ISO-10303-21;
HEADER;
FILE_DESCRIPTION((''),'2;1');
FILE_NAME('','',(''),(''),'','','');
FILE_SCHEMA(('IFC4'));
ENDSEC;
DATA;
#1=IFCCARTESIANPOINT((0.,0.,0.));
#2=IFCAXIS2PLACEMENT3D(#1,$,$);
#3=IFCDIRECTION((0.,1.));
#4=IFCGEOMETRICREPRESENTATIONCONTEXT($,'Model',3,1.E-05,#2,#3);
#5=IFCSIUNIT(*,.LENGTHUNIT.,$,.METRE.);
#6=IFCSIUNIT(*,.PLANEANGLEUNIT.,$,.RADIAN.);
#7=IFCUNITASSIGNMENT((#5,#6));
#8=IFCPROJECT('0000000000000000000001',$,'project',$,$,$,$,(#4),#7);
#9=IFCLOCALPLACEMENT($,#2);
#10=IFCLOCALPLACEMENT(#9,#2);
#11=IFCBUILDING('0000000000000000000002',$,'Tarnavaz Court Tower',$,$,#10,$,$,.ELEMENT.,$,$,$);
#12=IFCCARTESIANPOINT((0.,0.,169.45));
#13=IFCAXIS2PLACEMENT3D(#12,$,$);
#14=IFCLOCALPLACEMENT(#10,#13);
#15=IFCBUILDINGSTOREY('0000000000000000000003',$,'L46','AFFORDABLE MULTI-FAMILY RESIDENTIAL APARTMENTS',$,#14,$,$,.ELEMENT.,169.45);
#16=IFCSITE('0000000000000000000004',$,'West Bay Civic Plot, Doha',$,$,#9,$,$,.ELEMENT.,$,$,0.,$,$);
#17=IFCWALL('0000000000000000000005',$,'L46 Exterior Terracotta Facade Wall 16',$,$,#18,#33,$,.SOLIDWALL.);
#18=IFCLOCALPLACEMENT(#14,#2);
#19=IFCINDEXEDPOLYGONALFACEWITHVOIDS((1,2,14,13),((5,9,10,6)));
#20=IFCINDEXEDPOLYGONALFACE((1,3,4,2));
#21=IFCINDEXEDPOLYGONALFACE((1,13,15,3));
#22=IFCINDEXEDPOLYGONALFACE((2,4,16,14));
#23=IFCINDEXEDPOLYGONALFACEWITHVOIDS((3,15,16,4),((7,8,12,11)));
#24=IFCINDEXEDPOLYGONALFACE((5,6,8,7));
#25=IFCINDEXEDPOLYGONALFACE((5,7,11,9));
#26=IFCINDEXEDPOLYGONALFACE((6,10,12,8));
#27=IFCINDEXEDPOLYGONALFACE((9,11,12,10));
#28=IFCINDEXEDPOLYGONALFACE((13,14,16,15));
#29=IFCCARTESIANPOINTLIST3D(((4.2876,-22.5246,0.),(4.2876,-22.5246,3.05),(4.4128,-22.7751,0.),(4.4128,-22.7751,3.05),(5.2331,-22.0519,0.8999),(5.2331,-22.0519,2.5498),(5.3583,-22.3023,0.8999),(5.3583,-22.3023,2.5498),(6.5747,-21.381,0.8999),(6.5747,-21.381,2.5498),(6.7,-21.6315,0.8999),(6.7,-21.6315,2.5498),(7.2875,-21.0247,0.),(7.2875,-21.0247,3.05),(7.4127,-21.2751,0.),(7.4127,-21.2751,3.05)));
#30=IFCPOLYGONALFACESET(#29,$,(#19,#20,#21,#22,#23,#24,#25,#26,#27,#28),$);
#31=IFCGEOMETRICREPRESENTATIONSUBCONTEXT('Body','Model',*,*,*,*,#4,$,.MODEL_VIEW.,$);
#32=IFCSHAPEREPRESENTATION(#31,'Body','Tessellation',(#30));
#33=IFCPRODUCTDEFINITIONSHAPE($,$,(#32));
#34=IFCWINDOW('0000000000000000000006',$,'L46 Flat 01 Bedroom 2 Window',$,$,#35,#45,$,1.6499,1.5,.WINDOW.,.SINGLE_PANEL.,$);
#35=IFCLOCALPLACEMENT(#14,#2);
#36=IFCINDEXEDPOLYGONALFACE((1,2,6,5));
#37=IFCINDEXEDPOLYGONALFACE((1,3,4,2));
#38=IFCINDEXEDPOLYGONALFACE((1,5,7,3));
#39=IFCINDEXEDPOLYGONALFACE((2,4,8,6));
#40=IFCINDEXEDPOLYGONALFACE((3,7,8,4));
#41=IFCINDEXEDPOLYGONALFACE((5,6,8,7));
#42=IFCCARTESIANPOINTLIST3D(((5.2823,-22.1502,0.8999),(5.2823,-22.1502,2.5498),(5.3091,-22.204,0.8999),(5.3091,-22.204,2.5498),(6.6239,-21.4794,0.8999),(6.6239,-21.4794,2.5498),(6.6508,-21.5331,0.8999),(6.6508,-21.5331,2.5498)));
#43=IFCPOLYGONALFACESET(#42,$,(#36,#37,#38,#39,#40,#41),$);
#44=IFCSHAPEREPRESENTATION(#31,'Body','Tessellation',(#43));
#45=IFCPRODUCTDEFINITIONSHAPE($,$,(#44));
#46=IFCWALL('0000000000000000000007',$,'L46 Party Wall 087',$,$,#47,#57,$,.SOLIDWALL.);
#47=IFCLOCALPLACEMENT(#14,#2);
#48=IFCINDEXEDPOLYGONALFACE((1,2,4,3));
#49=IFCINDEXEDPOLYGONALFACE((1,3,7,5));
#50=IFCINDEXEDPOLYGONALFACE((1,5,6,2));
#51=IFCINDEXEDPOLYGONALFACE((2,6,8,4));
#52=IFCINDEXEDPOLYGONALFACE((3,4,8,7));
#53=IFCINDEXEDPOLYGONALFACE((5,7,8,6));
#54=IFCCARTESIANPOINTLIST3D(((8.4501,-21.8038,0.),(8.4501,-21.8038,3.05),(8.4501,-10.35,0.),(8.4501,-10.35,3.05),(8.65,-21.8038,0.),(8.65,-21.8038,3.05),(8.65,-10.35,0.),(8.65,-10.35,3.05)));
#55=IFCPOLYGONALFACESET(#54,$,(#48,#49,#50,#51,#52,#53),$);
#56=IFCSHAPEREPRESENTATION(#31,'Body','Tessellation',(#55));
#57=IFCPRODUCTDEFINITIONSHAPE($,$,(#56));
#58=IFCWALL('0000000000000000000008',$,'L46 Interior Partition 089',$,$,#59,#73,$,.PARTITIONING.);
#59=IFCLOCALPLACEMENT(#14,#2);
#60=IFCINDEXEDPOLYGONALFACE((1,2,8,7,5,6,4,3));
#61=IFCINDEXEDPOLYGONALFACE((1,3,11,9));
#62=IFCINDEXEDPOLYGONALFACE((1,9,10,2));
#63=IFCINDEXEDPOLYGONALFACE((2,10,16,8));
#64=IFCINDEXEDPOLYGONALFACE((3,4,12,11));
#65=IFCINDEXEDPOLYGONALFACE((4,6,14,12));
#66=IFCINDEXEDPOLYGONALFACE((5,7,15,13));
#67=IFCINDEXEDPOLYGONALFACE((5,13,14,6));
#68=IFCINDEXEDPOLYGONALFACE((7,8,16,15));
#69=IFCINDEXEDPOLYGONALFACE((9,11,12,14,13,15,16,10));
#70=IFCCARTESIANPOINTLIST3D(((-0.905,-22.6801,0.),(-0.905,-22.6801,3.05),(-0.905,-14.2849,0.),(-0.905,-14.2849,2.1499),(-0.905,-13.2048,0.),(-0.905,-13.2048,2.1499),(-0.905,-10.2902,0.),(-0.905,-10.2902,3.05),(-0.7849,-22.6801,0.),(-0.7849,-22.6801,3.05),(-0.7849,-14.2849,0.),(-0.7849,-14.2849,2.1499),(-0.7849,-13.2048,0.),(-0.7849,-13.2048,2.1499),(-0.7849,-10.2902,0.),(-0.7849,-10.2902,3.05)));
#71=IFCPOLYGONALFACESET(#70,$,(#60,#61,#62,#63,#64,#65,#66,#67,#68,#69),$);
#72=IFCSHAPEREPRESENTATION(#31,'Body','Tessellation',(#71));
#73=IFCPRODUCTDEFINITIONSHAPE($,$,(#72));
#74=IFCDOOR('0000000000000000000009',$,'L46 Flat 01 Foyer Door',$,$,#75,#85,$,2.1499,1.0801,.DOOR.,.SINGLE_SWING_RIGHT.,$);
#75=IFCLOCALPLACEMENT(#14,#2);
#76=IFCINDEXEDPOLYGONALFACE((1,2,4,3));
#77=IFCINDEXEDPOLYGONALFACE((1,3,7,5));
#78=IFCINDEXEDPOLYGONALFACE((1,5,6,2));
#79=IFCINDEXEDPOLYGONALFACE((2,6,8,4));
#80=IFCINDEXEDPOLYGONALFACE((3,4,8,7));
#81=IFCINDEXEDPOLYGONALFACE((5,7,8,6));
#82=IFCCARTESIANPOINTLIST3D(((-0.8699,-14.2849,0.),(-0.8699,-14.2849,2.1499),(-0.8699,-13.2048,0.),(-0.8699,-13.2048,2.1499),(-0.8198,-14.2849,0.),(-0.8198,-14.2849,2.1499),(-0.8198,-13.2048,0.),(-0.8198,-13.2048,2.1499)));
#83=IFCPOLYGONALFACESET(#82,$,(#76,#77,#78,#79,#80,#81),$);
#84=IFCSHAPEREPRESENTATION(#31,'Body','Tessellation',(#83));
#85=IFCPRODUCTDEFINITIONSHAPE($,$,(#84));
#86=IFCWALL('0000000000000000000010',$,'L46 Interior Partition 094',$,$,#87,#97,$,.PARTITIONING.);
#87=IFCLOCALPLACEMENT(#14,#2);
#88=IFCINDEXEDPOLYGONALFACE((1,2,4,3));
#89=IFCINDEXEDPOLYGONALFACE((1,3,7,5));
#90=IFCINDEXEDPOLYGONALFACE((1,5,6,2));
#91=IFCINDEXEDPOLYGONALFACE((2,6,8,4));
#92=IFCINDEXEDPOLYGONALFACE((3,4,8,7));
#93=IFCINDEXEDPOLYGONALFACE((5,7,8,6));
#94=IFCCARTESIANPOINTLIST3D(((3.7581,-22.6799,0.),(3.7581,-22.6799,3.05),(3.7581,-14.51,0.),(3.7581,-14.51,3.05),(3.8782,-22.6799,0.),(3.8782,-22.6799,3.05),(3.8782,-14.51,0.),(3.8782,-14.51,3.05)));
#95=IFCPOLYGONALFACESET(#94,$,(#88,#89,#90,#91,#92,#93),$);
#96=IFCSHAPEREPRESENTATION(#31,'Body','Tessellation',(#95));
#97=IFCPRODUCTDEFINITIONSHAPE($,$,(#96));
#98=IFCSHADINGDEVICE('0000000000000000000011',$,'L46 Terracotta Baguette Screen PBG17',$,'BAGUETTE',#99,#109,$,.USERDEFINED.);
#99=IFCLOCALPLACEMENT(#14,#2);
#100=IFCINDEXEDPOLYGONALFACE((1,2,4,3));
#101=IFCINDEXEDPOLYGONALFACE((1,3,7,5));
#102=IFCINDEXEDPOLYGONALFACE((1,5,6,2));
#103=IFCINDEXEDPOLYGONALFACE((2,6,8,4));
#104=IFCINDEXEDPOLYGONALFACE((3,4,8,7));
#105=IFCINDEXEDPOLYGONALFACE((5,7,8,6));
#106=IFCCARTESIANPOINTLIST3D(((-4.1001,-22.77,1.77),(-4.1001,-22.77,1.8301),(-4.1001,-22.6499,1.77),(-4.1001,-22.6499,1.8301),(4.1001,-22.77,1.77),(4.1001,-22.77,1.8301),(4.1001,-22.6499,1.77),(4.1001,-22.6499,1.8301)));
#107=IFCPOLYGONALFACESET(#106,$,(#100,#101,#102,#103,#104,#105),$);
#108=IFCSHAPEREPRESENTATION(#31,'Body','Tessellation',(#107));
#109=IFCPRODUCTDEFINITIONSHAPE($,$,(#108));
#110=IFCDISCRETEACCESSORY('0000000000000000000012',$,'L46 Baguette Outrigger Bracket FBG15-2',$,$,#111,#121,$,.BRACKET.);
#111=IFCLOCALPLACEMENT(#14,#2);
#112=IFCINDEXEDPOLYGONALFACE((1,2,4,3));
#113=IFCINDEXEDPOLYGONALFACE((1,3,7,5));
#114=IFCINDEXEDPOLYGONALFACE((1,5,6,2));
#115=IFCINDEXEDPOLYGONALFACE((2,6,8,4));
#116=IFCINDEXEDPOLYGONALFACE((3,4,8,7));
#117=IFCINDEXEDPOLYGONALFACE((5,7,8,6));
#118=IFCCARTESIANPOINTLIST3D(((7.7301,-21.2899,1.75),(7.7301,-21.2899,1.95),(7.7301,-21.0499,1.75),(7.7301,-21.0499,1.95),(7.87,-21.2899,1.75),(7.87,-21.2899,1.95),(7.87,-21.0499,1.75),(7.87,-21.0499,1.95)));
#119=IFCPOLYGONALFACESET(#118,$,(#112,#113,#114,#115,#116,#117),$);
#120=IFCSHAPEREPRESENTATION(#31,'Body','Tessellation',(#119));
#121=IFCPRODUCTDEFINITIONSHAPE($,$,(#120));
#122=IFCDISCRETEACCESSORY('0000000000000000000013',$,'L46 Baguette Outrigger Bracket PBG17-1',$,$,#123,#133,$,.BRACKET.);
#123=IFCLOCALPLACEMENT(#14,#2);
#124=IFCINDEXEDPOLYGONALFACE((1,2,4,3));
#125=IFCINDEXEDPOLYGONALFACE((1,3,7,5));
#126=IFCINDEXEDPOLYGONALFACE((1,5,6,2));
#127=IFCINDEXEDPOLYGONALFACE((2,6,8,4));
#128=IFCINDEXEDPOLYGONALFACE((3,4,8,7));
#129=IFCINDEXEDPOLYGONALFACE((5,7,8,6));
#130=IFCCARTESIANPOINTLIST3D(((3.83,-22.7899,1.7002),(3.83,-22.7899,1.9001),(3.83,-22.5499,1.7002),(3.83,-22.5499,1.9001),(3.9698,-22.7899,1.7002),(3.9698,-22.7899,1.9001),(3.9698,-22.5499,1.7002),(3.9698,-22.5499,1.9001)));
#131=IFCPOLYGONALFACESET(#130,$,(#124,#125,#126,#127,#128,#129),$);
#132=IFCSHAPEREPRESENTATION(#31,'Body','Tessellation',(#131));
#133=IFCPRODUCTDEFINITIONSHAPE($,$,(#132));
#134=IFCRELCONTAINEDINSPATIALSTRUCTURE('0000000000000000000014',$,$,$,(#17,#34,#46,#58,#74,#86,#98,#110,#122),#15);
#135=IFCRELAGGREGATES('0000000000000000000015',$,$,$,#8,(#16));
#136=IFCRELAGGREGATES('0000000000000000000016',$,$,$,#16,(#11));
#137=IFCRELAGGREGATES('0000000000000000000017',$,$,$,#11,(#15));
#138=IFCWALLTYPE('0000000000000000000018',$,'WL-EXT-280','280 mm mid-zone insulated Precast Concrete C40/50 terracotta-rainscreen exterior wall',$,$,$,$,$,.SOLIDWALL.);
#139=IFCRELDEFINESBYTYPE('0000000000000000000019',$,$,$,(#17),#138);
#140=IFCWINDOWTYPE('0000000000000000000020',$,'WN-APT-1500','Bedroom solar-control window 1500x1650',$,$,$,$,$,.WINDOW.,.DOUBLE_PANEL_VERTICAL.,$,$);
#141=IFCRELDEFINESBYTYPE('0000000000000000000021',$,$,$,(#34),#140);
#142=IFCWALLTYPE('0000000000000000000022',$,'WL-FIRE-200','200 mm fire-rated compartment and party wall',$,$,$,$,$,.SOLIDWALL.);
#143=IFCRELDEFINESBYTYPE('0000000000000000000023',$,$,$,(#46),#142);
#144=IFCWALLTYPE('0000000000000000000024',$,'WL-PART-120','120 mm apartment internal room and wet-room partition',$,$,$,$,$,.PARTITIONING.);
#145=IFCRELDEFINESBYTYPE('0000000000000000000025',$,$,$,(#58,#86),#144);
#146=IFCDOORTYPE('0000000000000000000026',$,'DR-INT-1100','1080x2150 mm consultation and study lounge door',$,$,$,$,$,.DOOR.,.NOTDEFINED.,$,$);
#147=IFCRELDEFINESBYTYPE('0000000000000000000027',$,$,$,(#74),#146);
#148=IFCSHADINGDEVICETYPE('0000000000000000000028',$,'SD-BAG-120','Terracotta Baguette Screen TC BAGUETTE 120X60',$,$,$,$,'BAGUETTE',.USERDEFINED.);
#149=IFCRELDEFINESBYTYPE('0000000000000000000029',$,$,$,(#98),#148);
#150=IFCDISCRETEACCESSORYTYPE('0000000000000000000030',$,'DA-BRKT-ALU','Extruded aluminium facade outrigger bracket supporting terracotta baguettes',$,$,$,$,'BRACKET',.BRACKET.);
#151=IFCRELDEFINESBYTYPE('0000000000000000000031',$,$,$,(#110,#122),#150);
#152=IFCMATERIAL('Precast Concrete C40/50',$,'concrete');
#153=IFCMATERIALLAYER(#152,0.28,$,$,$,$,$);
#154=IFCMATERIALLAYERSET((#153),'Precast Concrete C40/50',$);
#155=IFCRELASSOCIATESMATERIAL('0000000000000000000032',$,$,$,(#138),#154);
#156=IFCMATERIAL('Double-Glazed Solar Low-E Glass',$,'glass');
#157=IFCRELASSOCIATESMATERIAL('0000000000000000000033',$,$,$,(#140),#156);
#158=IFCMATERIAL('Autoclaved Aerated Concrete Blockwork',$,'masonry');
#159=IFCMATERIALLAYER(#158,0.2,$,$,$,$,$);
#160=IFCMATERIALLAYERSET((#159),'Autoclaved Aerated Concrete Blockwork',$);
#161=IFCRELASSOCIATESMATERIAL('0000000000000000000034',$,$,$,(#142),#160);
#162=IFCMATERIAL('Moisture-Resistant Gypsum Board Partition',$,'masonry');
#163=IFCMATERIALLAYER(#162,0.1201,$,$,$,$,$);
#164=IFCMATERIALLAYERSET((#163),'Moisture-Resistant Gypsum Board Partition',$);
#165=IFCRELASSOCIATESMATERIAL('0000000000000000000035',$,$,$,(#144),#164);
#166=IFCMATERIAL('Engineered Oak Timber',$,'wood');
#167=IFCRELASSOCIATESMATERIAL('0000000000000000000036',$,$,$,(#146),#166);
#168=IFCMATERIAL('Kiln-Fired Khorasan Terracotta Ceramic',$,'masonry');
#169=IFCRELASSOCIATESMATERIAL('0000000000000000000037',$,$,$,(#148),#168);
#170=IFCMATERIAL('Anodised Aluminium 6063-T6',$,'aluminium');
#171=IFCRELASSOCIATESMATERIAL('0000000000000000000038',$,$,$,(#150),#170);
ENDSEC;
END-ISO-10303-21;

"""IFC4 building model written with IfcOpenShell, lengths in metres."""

from ifc_helpers import new_model, si_unit, direction, frame, frame_2d, origin, origin_2d, place, context, subcontext, project, spatial, rectangle, extrude, material, layer, layer_set, material_profile, profile_set, type_object, element, fill, save


model = new_model("IFC4")

# Units and contexts
model_context = context("Model", 3, precision=1e-05, world=origin(), true_north=direction((0.0, 1.0)))
body_context = subcontext(model_context, "Body", "Model", "MODEL_VIEW")
ifc_project = project(units=[si_unit("LENGTHUNIT", "METRE"), si_unit("PLANEANGLEUNIT", "RADIAN")], contexts=[model_context])

# Site, building, storey
site_placement = place(None, origin())
site = spatial("IfcSite", under=ifc_project, at=site_placement, Name="West Bay Civic Plot, Doha", CompositionType="ELEMENT", RefElevation=0.0)
building_placement = place(site_placement, origin())
building = spatial("IfcBuilding", under=site, at=building_placement, Name="Tarnavaz Court Tower", CompositionType="ELEMENT")
storey_placement = place(building_placement, frame((0.0, 0.0, 169.45)))
storey = spatial("IfcBuildingStorey", under=building, at=storey_placement, Name="L46", Description="AFFORDABLE MULTI-FAMILY RESIDENTIAL APARTMENTS", CompositionType="ELEMENT", Elevation=169.45)

# Shared definitions
ifc_material_1 = material(Name="Anodised Aluminium 6063-T6", Category="aluminium")
ifc_material_2 = material(Name="Double-Glazed Solar Low-E Glass", Category="glass")

# Wall, opening, window
ifc_material_3 = material(Name="Precast Concrete C40/50", Category="concrete")
ifc_layer_1 = layer(ifc_material_3, 0.28)
ifc_layer_set_1 = layer_set([ifc_layer_1], Name="Precast Concrete C40/50")
wall_type_1 = type_object("IfcWallType", Name="WL-EXT-280", Description="280 mm mid-zone insulated Precast Concrete C40/50 terracotta-rainscreen exterior wall", PredefinedType="SOLIDWALL", material=ifc_layer_set_1)
wall_1_placement = place(storey_placement, frame((7.3501, -21.1499, 0.0), z_axis=(0.0, 0.0, 1.0), x_axis=(-0.894427, -0.447214, 0.0)))
wall_1 = element("IfcWall", 1, at=wall_1_placement, inside=storey, type_object=wall_type_1, Name="L46 Exterior Terracotta Facade Wall 16", PredefinedType="SOLIDWALL", context=body_context, shape_type="SweptSolid", body=[
    extrude(rectangle(XDim=3.354, YDim=0.28, at=frame_2d((1.677, 0.0))), origin(), (0.0, 0.0, 1.0), 3.05),
])
opening_1_placement = place(wall_1_placement, frame((0.7969, 0.0, 0.8999)))
opening_1 = element("IfcOpeningElement", 2, at=opening_1_placement, cuts=wall_1, PredefinedType="OPENING", context=body_context, shape_type="SweptSolid", body=[
    extrude(rectangle(XDim=1.5, YDim=1.6499, at=frame_2d((0.75, 0.825))), frame((0.0, 0.1499, 0.0), z_axis=(0.0, -1.0, 0.0), x_axis=(1.0, 0.0, 0.0)), (0.0, 0.0, 1.0), 0.3),
])
window_type = type_object("IfcWindowType", Name="WN-APT-1500", Description="Bedroom solar-control window 1500x1650", PartitioningType="DOUBLE_PANEL_VERTICAL", PredefinedType="WINDOW", material=ifc_material_2)
window_placement = place(opening_1_placement, origin())
window = element("IfcWindow", 3, at=window_placement, inside=storey, type_object=window_type, Name="L46 Flat 01 Bedroom 2 Window", OverallHeight=1.6499, OverallWidth=1.5, PartitioningType="SINGLE_PANEL", PredefinedType="WINDOW", context=body_context, shape_type="SweptSolid", body=[
    extrude(rectangle(XDim=1.5, YDim=1.6499, at=frame_2d((0.75, 0.825))), frame((0.0, 0.03, 0.0), z_axis=(0.0, -1.0, 0.0), x_axis=(1.0, 0.0, 0.0)), (0.0, 0.0, 1.0), 0.0601),
])
fill(opening_1, window)

# Wall
ifc_material_4 = material(Name="Autoclaved Aerated Concrete Blockwork", Category="masonry")
ifc_layer_2 = layer(ifc_material_4, 0.2)
ifc_layer_set_2 = layer_set([ifc_layer_2], Name="Autoclaved Aerated Concrete Blockwork")
wall_type_2 = type_object("IfcWallType", Name="WL-FIRE-200", Description="200 mm fire-rated compartment and party wall", PredefinedType="SOLIDWALL", material=ifc_layer_set_2)
wall_2_placement = place(storey_placement, frame((8.55, -21.804, 0.0), z_axis=(0.0, 0.0, 1.0), x_axis=(0.0, 1.0, 0.0)))
element("IfcWall", 4, at=wall_2_placement, inside=storey, type_object=wall_type_2, Name="L46 Party Wall 087", PredefinedType="SOLIDWALL", context=body_context, shape_type="SweptSolid", body=[
    extrude(rectangle(XDim=11.4539, YDim=0.2, at=frame_2d((5.7271, 0.0))), origin(), (0.0, 0.0, 1.0), 3.05),
])

# Wall, opening, door
ifc_material_5 = material(Name="Moisture-Resistant Gypsum Board Partition", Category="masonry")
ifc_layer_3 = layer(ifc_material_5, 0.1201)
ifc_layer_set_3 = layer_set([ifc_layer_3], Name="Moisture-Resistant Gypsum Board Partition")
wall_type_3 = type_object("IfcWallType", Name="WL-PART-120", Description="120 mm apartment internal room and wet-room partition", PredefinedType="PARTITIONING", material=ifc_layer_set_3)
wall_3_placement = place(storey_placement, frame((-0.845, -22.6799, 0.0), z_axis=(0.0, 0.0, 1.0), x_axis=(0.0, 1.0, 0.0)))
wall_3 = element("IfcWall", 5, at=wall_3_placement, inside=storey, type_object=wall_type_3, Name="L46 Interior Partition 089", PredefinedType="PARTITIONING", context=body_context, shape_type="SweptSolid", body=[
    extrude(rectangle(XDim=12.3899, YDim=0.1201, at=frame_2d((6.1948, 0.0))), origin(), (0.0, 0.0, 1.0), 3.05),
])
opening_2_placement = place(wall_3_placement, frame((8.395, 0.0, 0.0)))
opening_2 = element("IfcOpeningElement", 6, at=opening_2_placement, cuts=wall_3, PredefinedType="OPENING", context=body_context, shape_type="SweptSolid", body=[
    extrude(rectangle(XDim=1.0801, YDim=2.1499, at=frame_2d((0.54, 1.075))), frame((0.0, 0.0701, 0.0), z_axis=(0.0, -1.0, 0.0), x_axis=(1.0, 0.0, 0.0)), (0.0, 0.0, 1.0), 0.1401),
])
ifc_material_6 = material(Name="Engineered Oak Timber", Category="wood")
door_type = type_object("IfcDoorType", Name="DR-INT-1100", Description="1080x2150 mm consultation and study lounge door", OperationType="NOTDEFINED", PredefinedType="DOOR", material=ifc_material_6)
door_placement = place(opening_2_placement, origin())
door = element("IfcDoor", 7, at=door_placement, inside=storey, type_object=door_type, Name="L46 Flat 01 Foyer Door", OperationType="SINGLE_SWING_RIGHT", OverallHeight=2.1499, OverallWidth=1.0801, PredefinedType="DOOR", context=body_context, shape_type="SweptSolid", body=[
    extrude(rectangle(XDim=1.0801, YDim=2.1499, at=frame_2d((0.54, 1.075))), frame((0.0, 0.0249, 0.0), z_axis=(0.0, -1.0, 0.0), x_axis=(1.0, 0.0, 0.0)), (0.0, 0.0, 1.0), 0.05),
])
fill(opening_2, door)

# Wall
wall_4_placement = place(storey_placement, frame((3.8181, -22.6799, 0.0), z_axis=(0.0, 0.0, 1.0), x_axis=(0.0, 1.0, 0.0)))
element("IfcWall", 8, at=wall_4_placement, inside=storey, type_object=wall_type_3, Name="L46 Interior Partition 094", PredefinedType="PARTITIONING", context=body_context, shape_type="SweptSolid", body=[
    extrude(rectangle(XDim=8.1699, YDim=0.1201, at=frame_2d((4.085, 0.0))), origin(), (0.0, 0.0, 1.0), 3.05),
])

# Shading device
ifc_material_7 = material(Name="Kiln-Fired Khorasan Terracotta Ceramic", Category="masonry")
ifc_material_profile_1 = material_profile(ifc_material_7, rectangle(XDim=0.1201, YDim=0.0601, at=origin_2d()), Name="TC BAGUETTE 120X60")
ifc_profile_set_1 = profile_set([ifc_material_profile_1], Name="Kiln-Fired Khorasan Terracotta Ceramic")
shading_device_type = type_object("IfcShadingDeviceType", Name="SD-BAG-120", Description="Terracotta Baguette Screen TC BAGUETTE 120X60", ElementType="BAGUETTE", PredefinedType="USERDEFINED", material=ifc_profile_set_1)
shading_device_placement = place(storey_placement, frame((4.1001, -22.71, 1.8), z_axis=(-1.0, 0.0, 0.0), x_axis=(0.0, -1.0, 0.0)))
element("IfcShadingDevice", 9, at=shading_device_placement, inside=storey, type_object=shading_device_type, Name="L46 Terracotta Baguette Screen PBG17", ObjectType="BAGUETTE", PredefinedType="USERDEFINED", context=body_context, shape_type="SweptSolid", body=[
    extrude(rectangle(XDim=0.1201, YDim=0.0601, at=origin_2d()), origin(), (0.0, 0.0, 1.0), 8.2002),
])

# Discrete accessories
discrete_accessory_type = type_object("IfcDiscreteAccessoryType", Name="DA-BRKT-ALU", Description="Extruded aluminium facade outrigger bracket supporting terracotta baguettes", ElementType="BRACKET", PredefinedType="BRACKET", material=ifc_material_1)
for number, where, z_axis, x_axis, name in (
    (10, (7.8, -21.1699, 1.75), (0.0, 0.0, 1.0), (-1.0, 0.0, 0.0), "L46 Baguette Outrigger Bracket FBG15-2"),
    (11, (3.8999, -22.6699, 1.7002), (0.0, 0.0, 1.0), (-1.0, 0.0, 0.0), "L46 Baguette Outrigger Bracket PBG17-1"),
):
    element("IfcDiscreteAccessory", number, at=place(storey_placement, frame(where, z_axis=z_axis, x_axis=x_axis)), inside=storey, type_object=discrete_accessory_type, Name=name, PredefinedType="BRACKET", context=body_context, shape_type="SweptSolid", body=[
        extrude(rectangle(XDim=0.1399, YDim=0.24, at=origin_2d()), origin(), (0.0, 0.0, 1.0), 0.2),
    ])

save(model, "model.ifc")
